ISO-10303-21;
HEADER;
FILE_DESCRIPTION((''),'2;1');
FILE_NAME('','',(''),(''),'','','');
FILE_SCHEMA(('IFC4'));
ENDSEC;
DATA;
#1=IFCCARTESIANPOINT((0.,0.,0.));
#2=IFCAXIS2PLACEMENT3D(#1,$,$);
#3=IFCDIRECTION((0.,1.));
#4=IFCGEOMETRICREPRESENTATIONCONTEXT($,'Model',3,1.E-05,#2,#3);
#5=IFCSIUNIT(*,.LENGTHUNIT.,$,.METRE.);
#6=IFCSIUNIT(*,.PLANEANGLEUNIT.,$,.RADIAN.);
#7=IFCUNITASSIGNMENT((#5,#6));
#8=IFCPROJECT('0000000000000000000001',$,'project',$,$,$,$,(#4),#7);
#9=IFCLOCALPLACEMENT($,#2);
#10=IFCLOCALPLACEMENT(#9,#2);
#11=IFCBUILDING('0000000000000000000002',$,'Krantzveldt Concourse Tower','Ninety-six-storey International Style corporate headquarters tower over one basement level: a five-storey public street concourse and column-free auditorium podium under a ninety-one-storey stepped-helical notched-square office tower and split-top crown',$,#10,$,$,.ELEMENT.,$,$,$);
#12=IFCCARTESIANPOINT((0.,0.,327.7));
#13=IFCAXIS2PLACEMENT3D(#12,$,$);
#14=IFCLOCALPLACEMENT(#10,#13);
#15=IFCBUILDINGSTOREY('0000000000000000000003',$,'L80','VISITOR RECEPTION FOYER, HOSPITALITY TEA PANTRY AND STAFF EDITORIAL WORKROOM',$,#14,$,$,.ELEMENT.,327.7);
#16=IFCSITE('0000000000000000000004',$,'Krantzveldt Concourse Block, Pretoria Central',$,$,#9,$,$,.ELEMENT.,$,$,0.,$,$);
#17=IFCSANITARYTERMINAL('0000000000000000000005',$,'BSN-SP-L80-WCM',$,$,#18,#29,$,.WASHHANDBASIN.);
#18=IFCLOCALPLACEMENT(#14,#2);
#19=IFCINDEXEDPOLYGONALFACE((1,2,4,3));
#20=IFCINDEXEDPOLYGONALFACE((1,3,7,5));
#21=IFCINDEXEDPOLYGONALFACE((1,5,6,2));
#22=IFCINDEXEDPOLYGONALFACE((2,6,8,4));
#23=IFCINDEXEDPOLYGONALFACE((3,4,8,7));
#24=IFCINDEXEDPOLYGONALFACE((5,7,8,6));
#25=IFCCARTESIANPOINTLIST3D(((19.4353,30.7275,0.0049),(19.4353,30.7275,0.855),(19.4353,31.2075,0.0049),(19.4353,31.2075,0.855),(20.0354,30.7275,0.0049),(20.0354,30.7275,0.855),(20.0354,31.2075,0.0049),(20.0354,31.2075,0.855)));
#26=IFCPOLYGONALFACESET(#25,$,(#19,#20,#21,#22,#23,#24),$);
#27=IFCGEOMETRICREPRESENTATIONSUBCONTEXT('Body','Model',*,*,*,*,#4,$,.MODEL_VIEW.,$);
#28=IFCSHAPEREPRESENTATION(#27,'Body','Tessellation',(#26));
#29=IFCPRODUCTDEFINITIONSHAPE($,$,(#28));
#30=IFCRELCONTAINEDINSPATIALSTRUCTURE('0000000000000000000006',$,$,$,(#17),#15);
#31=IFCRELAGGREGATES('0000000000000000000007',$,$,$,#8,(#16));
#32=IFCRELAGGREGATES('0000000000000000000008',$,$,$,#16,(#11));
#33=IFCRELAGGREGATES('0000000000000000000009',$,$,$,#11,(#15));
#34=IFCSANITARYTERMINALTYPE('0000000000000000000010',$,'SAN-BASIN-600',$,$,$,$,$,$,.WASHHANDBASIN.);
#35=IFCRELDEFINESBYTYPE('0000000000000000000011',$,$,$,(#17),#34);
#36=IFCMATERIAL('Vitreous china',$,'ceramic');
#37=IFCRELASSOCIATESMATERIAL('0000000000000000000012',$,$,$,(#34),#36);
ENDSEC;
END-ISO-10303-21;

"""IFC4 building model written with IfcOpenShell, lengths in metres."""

from ifc_helpers import new_model, si_unit, direction, frame, origin, origin_2d, place, context, subcontext, project, spatial, rectangle, extrude, source, transform, mapped, material, type_object, type_shapes, element, save


model = new_model("IFC4")

# Units and contexts
model_context = context("Model", 3, precision=1e-05, world=origin(), true_north=direction((0.0, 1.0)))
body_context = subcontext(model_context, "Body", "Model", "MODEL_VIEW")
ifc_project = project(units=[si_unit("LENGTHUNIT", "METRE"), si_unit("PLANEANGLEUNIT", "RADIAN")], contexts=[model_context])

# Site, building, storey
site_placement = place(None, origin())
site = spatial("IfcSite", under=ifc_project, at=site_placement, Name="Krantzveldt Concourse Block, Pretoria Central", CompositionType="ELEMENT", RefElevation=0.0)
building_placement = place(site_placement, origin())
building = spatial("IfcBuilding", under=site, at=building_placement, Name="Krantzveldt Concourse Tower", Description="Ninety-six-storey International Style corporate headquarters tower over one basement level: a five-storey public street concourse and column-free auditorium podium under a ninety-one-storey stepped-helical notched-square office tower and split-top crown", CompositionType="ELEMENT")
storey_placement = place(building_placement, frame((0.0, 0.0, 327.7)))
storey = spatial("IfcBuildingStorey", under=building, at=storey_placement, Name="L80", Description="VISITOR RECEPTION FOYER, HOSPITALITY TEA PANTRY AND STAFF EDITORIAL WORKROOM", CompositionType="ELEMENT", Elevation=327.7)

# Sanitary terminal
ifc_material_1 = material(Name="Vitreous china", Category="ceramic")
sanitary_terminal_type_1 = type_object("IfcSanitaryTerminalType", Name="SAN-BASIN-600", PredefinedType="WASHHANDBASIN", material=ifc_material_1)
shared_shape_1 = source(origin(), body_context, "Body", "SweptSolid", [
    extrude(rectangle(XDim=0.6001, YDim=0.48, at=origin_2d()), origin(), (0.0, 0.0, 1.0), 0.8501),
])
type_shapes(sanitary_terminal_type_1, [shared_shape_1])
sanitary_terminal_1_placement = place(storey_placement, frame((19.7354, 30.9675, 0.0049), z_axis=(0.0, 0.0, 1.0), x_axis=(1.0, 0.0, 0.0)))
element("IfcSanitaryTerminal", 1, at=sanitary_terminal_1_placement, inside=storey, type_object=sanitary_terminal_type_1, Name="BSN-SP-L80-WCM", PredefinedType="WASHHANDBASIN", context=body_context, shape_type="MappedRepresentation", body=[
    mapped(shared_shape_1, transform((0.0, 0.0, 0.0), x_axis=(1.0, 0.0, 0.0), y_axis=(0.0, 1.0, 0.0), z_axis=(0.0, 0.0, 1.0), scale=1.0)),
])

save(model, "model.ifc")
